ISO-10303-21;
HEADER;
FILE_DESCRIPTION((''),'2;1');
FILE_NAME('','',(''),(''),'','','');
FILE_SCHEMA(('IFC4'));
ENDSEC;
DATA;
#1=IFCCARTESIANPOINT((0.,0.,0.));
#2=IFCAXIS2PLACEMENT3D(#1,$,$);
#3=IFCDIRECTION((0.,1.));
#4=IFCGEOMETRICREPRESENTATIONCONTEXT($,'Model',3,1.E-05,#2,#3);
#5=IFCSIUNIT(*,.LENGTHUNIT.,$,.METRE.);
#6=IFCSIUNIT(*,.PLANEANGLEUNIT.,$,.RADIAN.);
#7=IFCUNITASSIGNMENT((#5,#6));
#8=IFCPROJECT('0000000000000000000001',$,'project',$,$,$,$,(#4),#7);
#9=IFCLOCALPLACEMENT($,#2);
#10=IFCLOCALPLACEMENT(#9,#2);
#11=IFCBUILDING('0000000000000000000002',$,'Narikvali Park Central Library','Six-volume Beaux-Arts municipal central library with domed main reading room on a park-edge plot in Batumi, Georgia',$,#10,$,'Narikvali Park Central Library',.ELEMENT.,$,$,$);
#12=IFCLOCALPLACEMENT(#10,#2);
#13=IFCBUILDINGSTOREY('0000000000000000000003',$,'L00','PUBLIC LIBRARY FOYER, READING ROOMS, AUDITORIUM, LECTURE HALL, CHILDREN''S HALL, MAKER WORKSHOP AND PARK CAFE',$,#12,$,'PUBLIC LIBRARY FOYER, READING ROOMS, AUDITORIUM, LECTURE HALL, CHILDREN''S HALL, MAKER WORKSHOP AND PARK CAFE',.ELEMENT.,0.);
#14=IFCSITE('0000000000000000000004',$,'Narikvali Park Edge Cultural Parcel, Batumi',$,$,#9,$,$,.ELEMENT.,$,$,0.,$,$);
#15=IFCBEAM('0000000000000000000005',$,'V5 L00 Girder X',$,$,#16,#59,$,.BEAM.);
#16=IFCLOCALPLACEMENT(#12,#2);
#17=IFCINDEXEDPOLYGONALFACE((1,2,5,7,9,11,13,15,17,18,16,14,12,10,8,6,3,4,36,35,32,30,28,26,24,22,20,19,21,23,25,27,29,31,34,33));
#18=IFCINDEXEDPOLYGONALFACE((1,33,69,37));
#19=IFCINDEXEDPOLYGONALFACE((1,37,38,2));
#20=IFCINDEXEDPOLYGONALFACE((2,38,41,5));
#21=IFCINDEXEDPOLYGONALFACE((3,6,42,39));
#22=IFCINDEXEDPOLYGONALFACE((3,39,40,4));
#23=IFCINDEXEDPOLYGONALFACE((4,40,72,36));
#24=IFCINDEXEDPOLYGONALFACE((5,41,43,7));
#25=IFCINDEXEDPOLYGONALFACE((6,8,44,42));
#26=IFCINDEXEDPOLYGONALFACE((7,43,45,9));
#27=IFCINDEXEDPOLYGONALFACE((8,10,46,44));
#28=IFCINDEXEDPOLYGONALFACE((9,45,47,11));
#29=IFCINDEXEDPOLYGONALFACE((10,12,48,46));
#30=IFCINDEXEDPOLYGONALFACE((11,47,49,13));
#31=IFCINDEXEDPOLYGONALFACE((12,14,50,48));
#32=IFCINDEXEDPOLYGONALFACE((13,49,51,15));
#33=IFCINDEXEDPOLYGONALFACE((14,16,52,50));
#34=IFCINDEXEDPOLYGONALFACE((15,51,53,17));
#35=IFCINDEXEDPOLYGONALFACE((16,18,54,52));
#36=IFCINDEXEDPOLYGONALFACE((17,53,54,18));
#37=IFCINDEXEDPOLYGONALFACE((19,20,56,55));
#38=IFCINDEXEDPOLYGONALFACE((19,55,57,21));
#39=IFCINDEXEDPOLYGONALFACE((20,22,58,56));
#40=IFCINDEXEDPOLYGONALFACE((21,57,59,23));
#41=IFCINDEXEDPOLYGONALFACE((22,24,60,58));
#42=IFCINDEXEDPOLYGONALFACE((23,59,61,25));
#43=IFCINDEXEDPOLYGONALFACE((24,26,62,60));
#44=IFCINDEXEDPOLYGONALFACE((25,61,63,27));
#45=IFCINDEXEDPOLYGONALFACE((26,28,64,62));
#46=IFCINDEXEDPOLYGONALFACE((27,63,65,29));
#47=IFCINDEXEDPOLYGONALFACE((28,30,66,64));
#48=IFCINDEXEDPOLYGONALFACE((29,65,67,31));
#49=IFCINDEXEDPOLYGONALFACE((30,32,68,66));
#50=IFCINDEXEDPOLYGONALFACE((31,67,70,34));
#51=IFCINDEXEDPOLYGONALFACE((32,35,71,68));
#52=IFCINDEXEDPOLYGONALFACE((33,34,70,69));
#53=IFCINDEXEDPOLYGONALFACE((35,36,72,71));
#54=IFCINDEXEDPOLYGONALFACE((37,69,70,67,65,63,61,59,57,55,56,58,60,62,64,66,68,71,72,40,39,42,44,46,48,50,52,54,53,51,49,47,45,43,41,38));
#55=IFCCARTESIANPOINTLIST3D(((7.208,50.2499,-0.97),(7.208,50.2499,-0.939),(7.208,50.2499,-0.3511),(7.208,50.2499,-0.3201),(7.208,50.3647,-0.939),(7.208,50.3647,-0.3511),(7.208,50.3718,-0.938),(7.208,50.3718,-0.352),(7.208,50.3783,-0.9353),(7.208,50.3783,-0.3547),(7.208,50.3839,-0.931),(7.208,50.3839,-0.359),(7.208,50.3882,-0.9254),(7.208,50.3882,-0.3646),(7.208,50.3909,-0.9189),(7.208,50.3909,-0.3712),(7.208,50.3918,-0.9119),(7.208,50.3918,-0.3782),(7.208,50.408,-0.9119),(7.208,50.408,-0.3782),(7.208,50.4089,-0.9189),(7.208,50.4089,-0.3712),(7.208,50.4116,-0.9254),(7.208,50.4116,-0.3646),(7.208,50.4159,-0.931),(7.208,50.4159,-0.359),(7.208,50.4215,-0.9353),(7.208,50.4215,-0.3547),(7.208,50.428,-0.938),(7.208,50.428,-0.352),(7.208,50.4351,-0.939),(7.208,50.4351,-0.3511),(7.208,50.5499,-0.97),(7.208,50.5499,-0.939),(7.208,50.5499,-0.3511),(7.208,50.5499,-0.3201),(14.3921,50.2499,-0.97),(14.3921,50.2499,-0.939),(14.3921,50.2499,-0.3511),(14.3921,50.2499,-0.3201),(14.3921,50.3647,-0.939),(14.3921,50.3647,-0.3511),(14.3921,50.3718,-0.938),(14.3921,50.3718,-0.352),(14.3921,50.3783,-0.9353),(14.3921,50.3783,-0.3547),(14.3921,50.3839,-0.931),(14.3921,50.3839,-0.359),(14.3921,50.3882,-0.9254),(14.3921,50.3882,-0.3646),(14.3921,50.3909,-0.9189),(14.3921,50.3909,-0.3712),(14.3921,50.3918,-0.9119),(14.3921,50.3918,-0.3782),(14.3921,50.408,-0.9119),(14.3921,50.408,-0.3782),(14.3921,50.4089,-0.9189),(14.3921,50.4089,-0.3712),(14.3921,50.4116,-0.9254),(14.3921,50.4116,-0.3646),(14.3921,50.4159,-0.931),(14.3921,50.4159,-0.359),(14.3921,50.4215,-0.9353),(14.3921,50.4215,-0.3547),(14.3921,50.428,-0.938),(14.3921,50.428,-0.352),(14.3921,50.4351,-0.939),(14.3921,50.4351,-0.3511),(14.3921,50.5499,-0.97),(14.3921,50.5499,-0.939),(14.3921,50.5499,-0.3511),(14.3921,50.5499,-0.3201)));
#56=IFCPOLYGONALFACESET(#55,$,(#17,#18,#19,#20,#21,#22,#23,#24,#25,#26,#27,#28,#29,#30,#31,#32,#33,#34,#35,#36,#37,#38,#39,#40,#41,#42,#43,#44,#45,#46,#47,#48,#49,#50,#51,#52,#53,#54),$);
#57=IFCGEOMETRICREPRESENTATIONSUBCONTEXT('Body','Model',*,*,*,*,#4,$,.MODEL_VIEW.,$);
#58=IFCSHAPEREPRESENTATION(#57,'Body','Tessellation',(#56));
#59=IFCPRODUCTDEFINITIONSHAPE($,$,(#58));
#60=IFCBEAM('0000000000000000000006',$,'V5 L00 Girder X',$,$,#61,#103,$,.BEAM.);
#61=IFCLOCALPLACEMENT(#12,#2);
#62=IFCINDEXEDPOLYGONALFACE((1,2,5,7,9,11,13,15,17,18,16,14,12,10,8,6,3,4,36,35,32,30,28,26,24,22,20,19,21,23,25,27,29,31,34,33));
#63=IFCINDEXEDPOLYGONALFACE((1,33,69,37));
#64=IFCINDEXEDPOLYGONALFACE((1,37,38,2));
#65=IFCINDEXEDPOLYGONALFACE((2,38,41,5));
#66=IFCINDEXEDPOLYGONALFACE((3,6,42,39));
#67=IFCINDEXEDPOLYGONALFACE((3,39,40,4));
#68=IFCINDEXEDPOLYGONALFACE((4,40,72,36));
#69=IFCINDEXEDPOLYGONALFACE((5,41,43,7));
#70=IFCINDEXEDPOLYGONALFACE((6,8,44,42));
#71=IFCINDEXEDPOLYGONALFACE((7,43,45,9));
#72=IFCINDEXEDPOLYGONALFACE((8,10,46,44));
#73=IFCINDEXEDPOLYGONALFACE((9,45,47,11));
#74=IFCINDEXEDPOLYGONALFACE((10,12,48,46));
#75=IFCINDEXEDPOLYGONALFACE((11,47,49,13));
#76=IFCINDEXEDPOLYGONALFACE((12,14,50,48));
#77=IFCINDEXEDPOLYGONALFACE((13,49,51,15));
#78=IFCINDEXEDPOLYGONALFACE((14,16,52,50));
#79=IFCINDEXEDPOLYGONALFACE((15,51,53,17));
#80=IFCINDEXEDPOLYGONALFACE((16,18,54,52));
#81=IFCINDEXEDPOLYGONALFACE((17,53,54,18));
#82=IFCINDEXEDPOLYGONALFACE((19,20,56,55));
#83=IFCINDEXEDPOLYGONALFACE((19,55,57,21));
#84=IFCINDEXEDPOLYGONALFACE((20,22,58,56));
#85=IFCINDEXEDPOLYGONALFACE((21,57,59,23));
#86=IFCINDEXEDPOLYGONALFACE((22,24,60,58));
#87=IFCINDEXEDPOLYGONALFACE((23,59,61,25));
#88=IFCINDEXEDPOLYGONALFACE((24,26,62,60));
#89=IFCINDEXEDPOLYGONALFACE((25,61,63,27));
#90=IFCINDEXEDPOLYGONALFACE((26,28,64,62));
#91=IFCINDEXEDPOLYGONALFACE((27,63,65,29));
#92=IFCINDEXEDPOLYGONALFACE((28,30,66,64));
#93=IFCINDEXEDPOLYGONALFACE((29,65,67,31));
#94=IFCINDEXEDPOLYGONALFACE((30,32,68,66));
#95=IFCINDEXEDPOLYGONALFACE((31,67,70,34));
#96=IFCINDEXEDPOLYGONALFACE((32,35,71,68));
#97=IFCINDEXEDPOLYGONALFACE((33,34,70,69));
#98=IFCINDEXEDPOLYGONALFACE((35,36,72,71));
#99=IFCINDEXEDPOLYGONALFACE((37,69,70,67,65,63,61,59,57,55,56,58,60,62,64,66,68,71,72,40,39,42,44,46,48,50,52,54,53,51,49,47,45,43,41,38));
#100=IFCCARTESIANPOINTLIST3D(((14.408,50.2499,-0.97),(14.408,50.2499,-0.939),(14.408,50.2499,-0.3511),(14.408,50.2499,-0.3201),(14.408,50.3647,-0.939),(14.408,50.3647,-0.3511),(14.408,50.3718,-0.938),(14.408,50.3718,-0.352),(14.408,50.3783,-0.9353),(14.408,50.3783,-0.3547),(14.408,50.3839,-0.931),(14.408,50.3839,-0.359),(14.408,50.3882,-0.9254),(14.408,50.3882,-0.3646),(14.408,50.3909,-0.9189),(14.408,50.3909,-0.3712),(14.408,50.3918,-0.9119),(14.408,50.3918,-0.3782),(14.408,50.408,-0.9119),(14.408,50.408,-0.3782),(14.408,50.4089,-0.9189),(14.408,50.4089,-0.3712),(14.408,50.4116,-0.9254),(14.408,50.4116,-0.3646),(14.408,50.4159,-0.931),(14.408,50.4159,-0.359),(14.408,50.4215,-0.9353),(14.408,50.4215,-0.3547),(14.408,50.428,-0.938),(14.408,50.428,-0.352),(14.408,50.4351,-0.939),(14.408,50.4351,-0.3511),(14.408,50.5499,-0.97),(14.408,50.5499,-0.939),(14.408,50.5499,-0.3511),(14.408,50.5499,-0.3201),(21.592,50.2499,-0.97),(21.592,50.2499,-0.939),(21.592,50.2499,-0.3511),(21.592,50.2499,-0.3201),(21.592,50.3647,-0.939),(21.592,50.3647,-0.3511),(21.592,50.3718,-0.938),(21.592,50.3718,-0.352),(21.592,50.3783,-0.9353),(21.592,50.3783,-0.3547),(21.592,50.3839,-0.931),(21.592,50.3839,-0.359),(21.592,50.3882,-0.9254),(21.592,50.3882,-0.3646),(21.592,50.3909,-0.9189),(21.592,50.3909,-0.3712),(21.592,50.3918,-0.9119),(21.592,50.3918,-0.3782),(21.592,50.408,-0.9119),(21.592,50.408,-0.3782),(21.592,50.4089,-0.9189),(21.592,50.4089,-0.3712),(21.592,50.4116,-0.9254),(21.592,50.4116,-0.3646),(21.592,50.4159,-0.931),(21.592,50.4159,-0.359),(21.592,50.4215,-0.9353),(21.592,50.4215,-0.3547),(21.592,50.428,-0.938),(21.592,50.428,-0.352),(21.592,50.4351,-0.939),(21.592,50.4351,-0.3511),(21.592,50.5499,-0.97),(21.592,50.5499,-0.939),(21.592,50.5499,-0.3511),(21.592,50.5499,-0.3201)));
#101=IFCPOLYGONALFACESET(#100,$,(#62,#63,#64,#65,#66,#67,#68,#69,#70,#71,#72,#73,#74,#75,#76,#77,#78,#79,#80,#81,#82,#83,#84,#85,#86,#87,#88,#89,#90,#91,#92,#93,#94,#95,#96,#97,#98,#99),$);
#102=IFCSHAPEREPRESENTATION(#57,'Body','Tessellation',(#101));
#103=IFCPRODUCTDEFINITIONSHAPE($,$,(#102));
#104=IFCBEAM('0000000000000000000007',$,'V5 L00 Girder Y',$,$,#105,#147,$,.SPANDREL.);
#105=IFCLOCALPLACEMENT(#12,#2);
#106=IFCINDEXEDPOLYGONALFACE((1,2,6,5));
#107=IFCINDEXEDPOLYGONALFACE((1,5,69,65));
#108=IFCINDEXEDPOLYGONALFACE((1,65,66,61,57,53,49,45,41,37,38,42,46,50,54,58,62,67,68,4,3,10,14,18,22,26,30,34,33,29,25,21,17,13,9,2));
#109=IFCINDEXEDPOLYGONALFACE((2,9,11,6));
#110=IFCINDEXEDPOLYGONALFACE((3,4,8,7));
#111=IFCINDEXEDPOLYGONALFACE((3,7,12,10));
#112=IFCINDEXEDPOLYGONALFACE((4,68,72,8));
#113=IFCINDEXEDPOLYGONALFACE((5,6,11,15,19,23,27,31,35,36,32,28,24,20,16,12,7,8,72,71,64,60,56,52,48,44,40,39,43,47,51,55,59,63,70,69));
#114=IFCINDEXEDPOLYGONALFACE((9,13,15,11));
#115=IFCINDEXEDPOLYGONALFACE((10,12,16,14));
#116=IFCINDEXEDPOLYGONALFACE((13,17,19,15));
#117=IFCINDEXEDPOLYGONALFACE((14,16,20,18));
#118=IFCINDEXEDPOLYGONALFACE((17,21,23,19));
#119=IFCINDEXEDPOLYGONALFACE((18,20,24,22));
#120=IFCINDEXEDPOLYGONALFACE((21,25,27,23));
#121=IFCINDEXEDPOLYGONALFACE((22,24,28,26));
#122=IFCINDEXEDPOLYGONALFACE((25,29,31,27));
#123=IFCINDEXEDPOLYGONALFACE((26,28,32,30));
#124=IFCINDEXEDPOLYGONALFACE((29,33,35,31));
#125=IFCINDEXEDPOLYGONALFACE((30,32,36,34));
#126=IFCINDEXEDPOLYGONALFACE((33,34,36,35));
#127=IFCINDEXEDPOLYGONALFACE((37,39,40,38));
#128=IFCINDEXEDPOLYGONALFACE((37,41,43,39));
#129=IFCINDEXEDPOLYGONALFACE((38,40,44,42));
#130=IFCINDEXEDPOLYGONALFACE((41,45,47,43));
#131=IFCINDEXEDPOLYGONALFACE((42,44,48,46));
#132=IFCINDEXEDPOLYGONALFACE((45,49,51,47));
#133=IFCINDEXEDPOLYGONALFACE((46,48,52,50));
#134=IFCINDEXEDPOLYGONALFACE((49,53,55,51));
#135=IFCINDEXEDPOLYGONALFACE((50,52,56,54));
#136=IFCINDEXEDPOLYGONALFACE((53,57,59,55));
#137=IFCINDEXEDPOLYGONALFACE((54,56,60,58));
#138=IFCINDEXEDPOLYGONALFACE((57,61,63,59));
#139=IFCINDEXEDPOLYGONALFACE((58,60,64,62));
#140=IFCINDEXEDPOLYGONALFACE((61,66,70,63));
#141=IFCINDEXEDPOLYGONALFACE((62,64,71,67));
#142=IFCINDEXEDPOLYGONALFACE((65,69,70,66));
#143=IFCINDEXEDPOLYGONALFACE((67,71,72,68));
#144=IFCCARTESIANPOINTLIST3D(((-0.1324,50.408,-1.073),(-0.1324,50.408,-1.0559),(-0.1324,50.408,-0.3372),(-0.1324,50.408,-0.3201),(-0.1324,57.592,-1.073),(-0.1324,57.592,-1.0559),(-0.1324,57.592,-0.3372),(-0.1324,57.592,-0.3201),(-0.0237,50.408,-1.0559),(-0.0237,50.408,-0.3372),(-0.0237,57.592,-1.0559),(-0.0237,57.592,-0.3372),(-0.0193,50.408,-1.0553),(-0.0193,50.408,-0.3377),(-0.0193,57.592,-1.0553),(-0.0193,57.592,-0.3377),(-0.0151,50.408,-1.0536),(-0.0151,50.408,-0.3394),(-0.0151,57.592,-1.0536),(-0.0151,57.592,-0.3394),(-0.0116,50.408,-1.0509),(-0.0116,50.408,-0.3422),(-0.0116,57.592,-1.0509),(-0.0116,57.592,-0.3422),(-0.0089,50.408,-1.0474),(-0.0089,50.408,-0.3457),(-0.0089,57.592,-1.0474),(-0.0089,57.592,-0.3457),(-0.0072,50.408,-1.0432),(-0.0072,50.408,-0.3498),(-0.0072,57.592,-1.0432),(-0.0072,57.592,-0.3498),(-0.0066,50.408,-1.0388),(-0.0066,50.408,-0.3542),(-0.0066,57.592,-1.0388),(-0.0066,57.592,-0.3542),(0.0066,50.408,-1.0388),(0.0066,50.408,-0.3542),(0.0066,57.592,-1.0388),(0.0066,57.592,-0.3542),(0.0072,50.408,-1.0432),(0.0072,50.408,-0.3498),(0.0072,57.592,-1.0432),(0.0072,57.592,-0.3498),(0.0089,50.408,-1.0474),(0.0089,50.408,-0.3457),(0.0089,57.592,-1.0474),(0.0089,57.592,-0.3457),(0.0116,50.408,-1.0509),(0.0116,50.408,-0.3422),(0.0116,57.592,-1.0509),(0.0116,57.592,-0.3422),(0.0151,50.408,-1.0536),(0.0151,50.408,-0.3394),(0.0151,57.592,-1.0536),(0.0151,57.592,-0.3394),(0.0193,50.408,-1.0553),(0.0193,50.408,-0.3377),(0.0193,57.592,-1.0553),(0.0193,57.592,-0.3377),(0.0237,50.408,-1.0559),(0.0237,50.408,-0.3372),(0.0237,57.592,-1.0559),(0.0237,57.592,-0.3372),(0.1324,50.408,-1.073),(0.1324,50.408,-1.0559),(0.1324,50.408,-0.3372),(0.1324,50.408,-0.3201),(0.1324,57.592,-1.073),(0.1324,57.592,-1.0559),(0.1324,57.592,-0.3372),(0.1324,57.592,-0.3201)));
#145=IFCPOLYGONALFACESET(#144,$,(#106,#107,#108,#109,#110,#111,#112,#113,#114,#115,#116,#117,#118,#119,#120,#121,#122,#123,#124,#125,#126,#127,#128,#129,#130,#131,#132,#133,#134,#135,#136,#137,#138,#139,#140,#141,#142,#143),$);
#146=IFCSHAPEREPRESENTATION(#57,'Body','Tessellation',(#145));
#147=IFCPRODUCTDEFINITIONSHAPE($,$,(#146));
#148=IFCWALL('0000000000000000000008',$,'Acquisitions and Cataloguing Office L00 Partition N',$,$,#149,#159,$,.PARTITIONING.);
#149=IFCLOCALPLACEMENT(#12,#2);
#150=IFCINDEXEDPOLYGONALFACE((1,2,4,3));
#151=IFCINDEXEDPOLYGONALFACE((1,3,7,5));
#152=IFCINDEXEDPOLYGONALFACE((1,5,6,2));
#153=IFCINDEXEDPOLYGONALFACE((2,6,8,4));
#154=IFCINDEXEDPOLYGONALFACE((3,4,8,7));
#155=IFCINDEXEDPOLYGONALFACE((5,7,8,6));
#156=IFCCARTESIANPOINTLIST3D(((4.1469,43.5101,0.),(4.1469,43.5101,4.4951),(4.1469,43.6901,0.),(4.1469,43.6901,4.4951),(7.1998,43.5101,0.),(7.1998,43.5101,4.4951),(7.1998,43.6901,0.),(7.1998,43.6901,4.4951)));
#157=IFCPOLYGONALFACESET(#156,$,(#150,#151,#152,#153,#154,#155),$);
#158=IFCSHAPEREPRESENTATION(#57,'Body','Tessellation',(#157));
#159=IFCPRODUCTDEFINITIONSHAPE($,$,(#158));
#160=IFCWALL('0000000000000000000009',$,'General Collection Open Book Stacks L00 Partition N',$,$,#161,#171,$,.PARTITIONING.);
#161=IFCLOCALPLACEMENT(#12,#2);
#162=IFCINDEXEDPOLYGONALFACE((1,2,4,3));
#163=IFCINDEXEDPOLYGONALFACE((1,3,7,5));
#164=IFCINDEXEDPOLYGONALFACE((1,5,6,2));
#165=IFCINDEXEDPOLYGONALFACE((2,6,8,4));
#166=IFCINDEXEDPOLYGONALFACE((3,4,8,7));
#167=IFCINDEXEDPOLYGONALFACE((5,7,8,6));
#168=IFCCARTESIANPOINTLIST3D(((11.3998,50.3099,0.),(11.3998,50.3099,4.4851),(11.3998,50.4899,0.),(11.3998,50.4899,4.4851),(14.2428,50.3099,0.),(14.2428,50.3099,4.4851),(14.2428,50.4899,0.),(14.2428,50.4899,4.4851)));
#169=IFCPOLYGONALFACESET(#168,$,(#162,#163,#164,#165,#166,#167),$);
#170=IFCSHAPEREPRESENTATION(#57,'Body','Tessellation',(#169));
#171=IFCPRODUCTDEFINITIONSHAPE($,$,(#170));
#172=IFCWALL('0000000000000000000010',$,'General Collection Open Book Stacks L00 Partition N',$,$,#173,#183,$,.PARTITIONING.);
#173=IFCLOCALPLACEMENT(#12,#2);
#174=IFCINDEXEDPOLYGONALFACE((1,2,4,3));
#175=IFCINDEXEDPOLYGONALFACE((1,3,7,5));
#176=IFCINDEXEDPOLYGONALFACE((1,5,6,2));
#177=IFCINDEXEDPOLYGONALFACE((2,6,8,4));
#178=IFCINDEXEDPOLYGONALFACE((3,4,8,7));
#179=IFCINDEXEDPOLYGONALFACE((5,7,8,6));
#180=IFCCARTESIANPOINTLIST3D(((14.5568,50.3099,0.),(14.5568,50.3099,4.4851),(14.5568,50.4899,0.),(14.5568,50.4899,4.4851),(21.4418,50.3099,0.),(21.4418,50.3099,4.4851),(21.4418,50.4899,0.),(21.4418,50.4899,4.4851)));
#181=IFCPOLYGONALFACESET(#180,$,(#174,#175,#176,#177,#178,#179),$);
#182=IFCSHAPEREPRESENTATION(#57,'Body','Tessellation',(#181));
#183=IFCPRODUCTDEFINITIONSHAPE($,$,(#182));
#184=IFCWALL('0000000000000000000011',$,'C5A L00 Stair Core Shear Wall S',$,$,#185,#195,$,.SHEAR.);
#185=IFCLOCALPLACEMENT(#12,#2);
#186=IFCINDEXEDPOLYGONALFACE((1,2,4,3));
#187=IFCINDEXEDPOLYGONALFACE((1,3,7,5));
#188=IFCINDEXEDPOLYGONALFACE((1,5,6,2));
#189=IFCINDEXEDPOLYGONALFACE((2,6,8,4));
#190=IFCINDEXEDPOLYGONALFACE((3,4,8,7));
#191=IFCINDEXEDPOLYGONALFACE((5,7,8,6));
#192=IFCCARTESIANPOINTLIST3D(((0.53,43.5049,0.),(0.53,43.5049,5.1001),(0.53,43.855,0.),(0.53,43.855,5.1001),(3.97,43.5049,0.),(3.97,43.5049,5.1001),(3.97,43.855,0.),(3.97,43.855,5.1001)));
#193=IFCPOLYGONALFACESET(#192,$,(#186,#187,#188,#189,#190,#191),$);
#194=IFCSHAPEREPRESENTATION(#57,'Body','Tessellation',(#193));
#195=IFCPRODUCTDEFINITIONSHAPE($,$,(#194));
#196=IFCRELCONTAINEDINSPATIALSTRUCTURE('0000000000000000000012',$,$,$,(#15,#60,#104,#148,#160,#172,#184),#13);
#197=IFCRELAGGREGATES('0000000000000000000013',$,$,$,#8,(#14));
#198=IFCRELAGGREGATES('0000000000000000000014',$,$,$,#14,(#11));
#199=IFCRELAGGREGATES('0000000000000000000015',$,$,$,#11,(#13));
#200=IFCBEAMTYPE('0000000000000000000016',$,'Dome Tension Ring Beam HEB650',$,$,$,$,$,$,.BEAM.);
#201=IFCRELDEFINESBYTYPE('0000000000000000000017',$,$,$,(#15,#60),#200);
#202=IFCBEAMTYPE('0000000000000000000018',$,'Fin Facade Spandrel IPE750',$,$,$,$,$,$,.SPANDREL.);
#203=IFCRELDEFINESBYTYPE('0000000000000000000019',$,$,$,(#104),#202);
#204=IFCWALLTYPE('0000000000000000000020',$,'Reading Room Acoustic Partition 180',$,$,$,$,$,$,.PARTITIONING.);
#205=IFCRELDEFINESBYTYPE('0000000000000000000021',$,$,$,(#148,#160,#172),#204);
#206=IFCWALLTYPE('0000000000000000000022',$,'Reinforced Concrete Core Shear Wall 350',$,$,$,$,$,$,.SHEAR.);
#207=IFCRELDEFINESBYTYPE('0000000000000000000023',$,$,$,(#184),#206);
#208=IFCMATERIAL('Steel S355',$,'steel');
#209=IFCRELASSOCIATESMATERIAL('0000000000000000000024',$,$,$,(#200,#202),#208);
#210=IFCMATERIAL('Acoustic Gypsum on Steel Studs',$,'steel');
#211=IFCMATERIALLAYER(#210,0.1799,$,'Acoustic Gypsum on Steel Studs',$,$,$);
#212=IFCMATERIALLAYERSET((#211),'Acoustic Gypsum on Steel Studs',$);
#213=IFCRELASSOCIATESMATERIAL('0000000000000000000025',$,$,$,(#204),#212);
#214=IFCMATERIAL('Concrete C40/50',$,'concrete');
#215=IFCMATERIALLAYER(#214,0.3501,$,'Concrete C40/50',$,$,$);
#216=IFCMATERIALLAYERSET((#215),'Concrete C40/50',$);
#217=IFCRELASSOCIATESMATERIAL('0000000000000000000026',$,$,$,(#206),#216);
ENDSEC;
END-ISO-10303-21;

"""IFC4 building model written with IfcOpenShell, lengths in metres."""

from ifc_helpers import new_model, si_unit, direction, frame, frame_2d, origin, origin_2d, place, context, subcontext, project, spatial, rectangle, i_section, extrude, material, layer, layer_set, material_profile, profile_set, type_object, element, save


model = new_model("IFC4")

# Units and contexts
model_context = context("Model", 3, precision=1e-05, world=origin(), true_north=direction((0.0, 1.0)))
body_context = subcontext(model_context, "Body", "Model", "MODEL_VIEW")
ifc_project = project(units=[si_unit("LENGTHUNIT", "METRE"), si_unit("PLANEANGLEUNIT", "RADIAN")], contexts=[model_context])

# Site, building, storey
site_placement = place(None, origin())
site = spatial("IfcSite", under=ifc_project, at=site_placement, Name="Narikvali Park Edge Cultural Parcel, Batumi", CompositionType="ELEMENT", RefElevation=0.0)
building_placement = place(site_placement, origin())
building = spatial("IfcBuilding", under=site, at=building_placement, Name="Narikvali Park Central Library", Description="Six-volume Beaux-Arts municipal central library with domed main reading room on a park-edge plot in Batumi, Georgia", LongName="Narikvali Park Central Library", CompositionType="ELEMENT")
storey_placement = place(building_placement, origin())
storey = spatial("IfcBuildingStorey", under=building, at=storey_placement, Name="L00", Description="PUBLIC LIBRARY FOYER, READING ROOMS, AUDITORIUM, LECTURE HALL, CHILDREN'S HALL, MAKER WORKSHOP AND PARK CAFE", LongName="PUBLIC LIBRARY FOYER, READING ROOMS, AUDITORIUM, LECTURE HALL, CHILDREN'S HALL, MAKER WORKSHOP AND PARK CAFE", CompositionType="ELEMENT", Elevation=0.0)

# Shared definitions
ifc_material_1 = material(Name="Steel S355", Category="steel")

# Beams
ifc_material_profile_1 = material_profile(ifc_material_1, i_section(OverallWidth=0.3, OverallDepth=0.6499, WebThickness=0.0161, FlangeThickness=0.031, FilletRadius=0.0271, at=origin_2d()), Name="HEB 650")
ifc_profile_set_1 = profile_set([ifc_material_profile_1], Name="Steel S355")
beam_type_1 = type_object("IfcBeamType", Name="Dome Tension Ring Beam HEB650", PredefinedType="BEAM", material=ifc_profile_set_1)
for number, where, z_axis, x_axis, name in (
    (1, (7.208, 50.3999, -0.645), (1.0, 0.0, 0.0), (0.0, 1.0, 0.0), "V5 L00 Girder X"),
    (2, (14.408, 50.3999, -0.645), (1.0, 0.0, 0.0), (0.0, 1.0, 0.0), "V5 L00 Girder X"),
):
    element("IfcBeam", number, at=place(storey_placement, frame(where, z_axis=z_axis, x_axis=x_axis)), inside=storey, type_object=beam_type_1, Name=name, PredefinedType="BEAM", context=body_context, shape_type="SweptSolid", body=[
        extrude(i_section(OverallWidth=0.3, OverallDepth=0.6499, WebThickness=0.0161, FlangeThickness=0.031, FilletRadius=0.0271, at=origin_2d()), origin(), (0.0, 0.0, 1.0), 7.1841),
    ])
ifc_material_profile_2 = material_profile(ifc_material_1, i_section(OverallWidth=0.2649, OverallDepth=0.7529, WebThickness=0.0132, FlangeThickness=0.0171, FilletRadius=0.0171, at=origin_2d()), Name="IPE 750x147")
ifc_profile_set_2 = profile_set([ifc_material_profile_2], Name="Steel S355")
beam_type_2 = type_object("IfcBeamType", Name="Fin Facade Spandrel IPE750", PredefinedType="SPANDREL", material=ifc_profile_set_2)
beam_placement = place(storey_placement, frame((0.0, 50.408, -0.6965), z_axis=(0.0, 1.0, 0.0), x_axis=(-1.0, 0.0, 0.0)))
element("IfcBeam", 3, at=beam_placement, inside=storey, type_object=beam_type_2, Name="V5 L00 Girder Y", PredefinedType="SPANDREL", context=body_context, shape_type="SweptSolid", body=[
    extrude(i_section(OverallWidth=0.2649, OverallDepth=0.7529, WebThickness=0.0132, FlangeThickness=0.0171, FilletRadius=0.0171, at=origin_2d()), origin(), (0.0, 0.0, 1.0), 7.1841),
])

# Walls
ifc_material_2 = material(Name="Acoustic Gypsum on Steel Studs", Category="steel")
ifc_layer_1 = layer(ifc_material_2, 0.1799, Name="Acoustic Gypsum on Steel Studs")
ifc_layer_set_1 = layer_set([ifc_layer_1], Name="Acoustic Gypsum on Steel Studs")
wall_type_1 = type_object("IfcWallType", Name="Reading Room Acoustic Partition 180", PredefinedType="PARTITIONING", material=ifc_layer_set_1)
wall_1_placement = place(storey_placement, frame((4.147, 43.6001, 0.0), z_axis=(0.0, 0.0, 1.0), x_axis=(1.0, 0.0, 0.0)))
element("IfcWall", 4, at=wall_1_placement, inside=storey, type_object=wall_type_1, Name="Acquisitions and Cataloguing Office L00 Partition N", PredefinedType="PARTITIONING", context=body_context, shape_type="SweptSolid", body=[
    extrude(rectangle(XDim=3.053, YDim=0.1799, at=frame_2d((1.5264, 0.0))), origin(), (0.0, 0.0, 1.0), 4.4951),
])
wall_2_placement = place(storey_placement, frame((11.3999, 50.3999, 0.0), z_axis=(0.0, 0.0, 1.0), x_axis=(1.0, 0.0, 0.0)))
element("IfcWall", 5, at=wall_2_placement, inside=storey, type_object=wall_type_1, Name="General Collection Open Book Stacks L00 Partition N", PredefinedType="PARTITIONING", context=body_context, shape_type="SweptSolid", body=[
    extrude(rectangle(XDim=2.843, YDim=0.1799, at=frame_2d((1.4214, 0.0))), origin(), (0.0, 0.0, 1.0), 4.4851),
])
wall_3_placement = place(storey_placement, frame((14.5569, 50.3999, 0.0), z_axis=(0.0, 0.0, 1.0), x_axis=(1.0, 0.0, 0.0)))
element("IfcWall", 6, at=wall_3_placement, inside=storey, type_object=wall_type_1, Name="General Collection Open Book Stacks L00 Partition N", PredefinedType="PARTITIONING", context=body_context, shape_type="SweptSolid", body=[
    extrude(rectangle(XDim=6.885, YDim=0.1799, at=frame_2d((3.4424, 0.0))), origin(), (0.0, 0.0, 1.0), 4.4851),
])
ifc_material_3 = material(Name="Concrete C40/50", Category="concrete")
ifc_layer_2 = layer(ifc_material_3, 0.3501, Name="Concrete C40/50")
ifc_layer_set_2 = layer_set([ifc_layer_2], Name="Concrete C40/50")
wall_type_2 = type_object("IfcWallType", Name="Reinforced Concrete Core Shear Wall 350", PredefinedType="SHEAR", material=ifc_layer_set_2)
wall_4_placement = place(storey_placement, frame((0.53, 43.6799, 0.0), z_axis=(0.0, 0.0, 1.0), x_axis=(1.0, 0.0, 0.0)))
element("IfcWall", 7, at=wall_4_placement, inside=storey, type_object=wall_type_2, Name="C5A L00 Stair Core Shear Wall S", PredefinedType="SHEAR", context=body_context, shape_type="SweptSolid", body=[
    extrude(rectangle(XDim=3.4399, YDim=0.3501, at=frame_2d((1.72, 0.0))), origin(), (0.0, 0.0, 1.0), 5.1001),
])

save(model, "model.ifc")
